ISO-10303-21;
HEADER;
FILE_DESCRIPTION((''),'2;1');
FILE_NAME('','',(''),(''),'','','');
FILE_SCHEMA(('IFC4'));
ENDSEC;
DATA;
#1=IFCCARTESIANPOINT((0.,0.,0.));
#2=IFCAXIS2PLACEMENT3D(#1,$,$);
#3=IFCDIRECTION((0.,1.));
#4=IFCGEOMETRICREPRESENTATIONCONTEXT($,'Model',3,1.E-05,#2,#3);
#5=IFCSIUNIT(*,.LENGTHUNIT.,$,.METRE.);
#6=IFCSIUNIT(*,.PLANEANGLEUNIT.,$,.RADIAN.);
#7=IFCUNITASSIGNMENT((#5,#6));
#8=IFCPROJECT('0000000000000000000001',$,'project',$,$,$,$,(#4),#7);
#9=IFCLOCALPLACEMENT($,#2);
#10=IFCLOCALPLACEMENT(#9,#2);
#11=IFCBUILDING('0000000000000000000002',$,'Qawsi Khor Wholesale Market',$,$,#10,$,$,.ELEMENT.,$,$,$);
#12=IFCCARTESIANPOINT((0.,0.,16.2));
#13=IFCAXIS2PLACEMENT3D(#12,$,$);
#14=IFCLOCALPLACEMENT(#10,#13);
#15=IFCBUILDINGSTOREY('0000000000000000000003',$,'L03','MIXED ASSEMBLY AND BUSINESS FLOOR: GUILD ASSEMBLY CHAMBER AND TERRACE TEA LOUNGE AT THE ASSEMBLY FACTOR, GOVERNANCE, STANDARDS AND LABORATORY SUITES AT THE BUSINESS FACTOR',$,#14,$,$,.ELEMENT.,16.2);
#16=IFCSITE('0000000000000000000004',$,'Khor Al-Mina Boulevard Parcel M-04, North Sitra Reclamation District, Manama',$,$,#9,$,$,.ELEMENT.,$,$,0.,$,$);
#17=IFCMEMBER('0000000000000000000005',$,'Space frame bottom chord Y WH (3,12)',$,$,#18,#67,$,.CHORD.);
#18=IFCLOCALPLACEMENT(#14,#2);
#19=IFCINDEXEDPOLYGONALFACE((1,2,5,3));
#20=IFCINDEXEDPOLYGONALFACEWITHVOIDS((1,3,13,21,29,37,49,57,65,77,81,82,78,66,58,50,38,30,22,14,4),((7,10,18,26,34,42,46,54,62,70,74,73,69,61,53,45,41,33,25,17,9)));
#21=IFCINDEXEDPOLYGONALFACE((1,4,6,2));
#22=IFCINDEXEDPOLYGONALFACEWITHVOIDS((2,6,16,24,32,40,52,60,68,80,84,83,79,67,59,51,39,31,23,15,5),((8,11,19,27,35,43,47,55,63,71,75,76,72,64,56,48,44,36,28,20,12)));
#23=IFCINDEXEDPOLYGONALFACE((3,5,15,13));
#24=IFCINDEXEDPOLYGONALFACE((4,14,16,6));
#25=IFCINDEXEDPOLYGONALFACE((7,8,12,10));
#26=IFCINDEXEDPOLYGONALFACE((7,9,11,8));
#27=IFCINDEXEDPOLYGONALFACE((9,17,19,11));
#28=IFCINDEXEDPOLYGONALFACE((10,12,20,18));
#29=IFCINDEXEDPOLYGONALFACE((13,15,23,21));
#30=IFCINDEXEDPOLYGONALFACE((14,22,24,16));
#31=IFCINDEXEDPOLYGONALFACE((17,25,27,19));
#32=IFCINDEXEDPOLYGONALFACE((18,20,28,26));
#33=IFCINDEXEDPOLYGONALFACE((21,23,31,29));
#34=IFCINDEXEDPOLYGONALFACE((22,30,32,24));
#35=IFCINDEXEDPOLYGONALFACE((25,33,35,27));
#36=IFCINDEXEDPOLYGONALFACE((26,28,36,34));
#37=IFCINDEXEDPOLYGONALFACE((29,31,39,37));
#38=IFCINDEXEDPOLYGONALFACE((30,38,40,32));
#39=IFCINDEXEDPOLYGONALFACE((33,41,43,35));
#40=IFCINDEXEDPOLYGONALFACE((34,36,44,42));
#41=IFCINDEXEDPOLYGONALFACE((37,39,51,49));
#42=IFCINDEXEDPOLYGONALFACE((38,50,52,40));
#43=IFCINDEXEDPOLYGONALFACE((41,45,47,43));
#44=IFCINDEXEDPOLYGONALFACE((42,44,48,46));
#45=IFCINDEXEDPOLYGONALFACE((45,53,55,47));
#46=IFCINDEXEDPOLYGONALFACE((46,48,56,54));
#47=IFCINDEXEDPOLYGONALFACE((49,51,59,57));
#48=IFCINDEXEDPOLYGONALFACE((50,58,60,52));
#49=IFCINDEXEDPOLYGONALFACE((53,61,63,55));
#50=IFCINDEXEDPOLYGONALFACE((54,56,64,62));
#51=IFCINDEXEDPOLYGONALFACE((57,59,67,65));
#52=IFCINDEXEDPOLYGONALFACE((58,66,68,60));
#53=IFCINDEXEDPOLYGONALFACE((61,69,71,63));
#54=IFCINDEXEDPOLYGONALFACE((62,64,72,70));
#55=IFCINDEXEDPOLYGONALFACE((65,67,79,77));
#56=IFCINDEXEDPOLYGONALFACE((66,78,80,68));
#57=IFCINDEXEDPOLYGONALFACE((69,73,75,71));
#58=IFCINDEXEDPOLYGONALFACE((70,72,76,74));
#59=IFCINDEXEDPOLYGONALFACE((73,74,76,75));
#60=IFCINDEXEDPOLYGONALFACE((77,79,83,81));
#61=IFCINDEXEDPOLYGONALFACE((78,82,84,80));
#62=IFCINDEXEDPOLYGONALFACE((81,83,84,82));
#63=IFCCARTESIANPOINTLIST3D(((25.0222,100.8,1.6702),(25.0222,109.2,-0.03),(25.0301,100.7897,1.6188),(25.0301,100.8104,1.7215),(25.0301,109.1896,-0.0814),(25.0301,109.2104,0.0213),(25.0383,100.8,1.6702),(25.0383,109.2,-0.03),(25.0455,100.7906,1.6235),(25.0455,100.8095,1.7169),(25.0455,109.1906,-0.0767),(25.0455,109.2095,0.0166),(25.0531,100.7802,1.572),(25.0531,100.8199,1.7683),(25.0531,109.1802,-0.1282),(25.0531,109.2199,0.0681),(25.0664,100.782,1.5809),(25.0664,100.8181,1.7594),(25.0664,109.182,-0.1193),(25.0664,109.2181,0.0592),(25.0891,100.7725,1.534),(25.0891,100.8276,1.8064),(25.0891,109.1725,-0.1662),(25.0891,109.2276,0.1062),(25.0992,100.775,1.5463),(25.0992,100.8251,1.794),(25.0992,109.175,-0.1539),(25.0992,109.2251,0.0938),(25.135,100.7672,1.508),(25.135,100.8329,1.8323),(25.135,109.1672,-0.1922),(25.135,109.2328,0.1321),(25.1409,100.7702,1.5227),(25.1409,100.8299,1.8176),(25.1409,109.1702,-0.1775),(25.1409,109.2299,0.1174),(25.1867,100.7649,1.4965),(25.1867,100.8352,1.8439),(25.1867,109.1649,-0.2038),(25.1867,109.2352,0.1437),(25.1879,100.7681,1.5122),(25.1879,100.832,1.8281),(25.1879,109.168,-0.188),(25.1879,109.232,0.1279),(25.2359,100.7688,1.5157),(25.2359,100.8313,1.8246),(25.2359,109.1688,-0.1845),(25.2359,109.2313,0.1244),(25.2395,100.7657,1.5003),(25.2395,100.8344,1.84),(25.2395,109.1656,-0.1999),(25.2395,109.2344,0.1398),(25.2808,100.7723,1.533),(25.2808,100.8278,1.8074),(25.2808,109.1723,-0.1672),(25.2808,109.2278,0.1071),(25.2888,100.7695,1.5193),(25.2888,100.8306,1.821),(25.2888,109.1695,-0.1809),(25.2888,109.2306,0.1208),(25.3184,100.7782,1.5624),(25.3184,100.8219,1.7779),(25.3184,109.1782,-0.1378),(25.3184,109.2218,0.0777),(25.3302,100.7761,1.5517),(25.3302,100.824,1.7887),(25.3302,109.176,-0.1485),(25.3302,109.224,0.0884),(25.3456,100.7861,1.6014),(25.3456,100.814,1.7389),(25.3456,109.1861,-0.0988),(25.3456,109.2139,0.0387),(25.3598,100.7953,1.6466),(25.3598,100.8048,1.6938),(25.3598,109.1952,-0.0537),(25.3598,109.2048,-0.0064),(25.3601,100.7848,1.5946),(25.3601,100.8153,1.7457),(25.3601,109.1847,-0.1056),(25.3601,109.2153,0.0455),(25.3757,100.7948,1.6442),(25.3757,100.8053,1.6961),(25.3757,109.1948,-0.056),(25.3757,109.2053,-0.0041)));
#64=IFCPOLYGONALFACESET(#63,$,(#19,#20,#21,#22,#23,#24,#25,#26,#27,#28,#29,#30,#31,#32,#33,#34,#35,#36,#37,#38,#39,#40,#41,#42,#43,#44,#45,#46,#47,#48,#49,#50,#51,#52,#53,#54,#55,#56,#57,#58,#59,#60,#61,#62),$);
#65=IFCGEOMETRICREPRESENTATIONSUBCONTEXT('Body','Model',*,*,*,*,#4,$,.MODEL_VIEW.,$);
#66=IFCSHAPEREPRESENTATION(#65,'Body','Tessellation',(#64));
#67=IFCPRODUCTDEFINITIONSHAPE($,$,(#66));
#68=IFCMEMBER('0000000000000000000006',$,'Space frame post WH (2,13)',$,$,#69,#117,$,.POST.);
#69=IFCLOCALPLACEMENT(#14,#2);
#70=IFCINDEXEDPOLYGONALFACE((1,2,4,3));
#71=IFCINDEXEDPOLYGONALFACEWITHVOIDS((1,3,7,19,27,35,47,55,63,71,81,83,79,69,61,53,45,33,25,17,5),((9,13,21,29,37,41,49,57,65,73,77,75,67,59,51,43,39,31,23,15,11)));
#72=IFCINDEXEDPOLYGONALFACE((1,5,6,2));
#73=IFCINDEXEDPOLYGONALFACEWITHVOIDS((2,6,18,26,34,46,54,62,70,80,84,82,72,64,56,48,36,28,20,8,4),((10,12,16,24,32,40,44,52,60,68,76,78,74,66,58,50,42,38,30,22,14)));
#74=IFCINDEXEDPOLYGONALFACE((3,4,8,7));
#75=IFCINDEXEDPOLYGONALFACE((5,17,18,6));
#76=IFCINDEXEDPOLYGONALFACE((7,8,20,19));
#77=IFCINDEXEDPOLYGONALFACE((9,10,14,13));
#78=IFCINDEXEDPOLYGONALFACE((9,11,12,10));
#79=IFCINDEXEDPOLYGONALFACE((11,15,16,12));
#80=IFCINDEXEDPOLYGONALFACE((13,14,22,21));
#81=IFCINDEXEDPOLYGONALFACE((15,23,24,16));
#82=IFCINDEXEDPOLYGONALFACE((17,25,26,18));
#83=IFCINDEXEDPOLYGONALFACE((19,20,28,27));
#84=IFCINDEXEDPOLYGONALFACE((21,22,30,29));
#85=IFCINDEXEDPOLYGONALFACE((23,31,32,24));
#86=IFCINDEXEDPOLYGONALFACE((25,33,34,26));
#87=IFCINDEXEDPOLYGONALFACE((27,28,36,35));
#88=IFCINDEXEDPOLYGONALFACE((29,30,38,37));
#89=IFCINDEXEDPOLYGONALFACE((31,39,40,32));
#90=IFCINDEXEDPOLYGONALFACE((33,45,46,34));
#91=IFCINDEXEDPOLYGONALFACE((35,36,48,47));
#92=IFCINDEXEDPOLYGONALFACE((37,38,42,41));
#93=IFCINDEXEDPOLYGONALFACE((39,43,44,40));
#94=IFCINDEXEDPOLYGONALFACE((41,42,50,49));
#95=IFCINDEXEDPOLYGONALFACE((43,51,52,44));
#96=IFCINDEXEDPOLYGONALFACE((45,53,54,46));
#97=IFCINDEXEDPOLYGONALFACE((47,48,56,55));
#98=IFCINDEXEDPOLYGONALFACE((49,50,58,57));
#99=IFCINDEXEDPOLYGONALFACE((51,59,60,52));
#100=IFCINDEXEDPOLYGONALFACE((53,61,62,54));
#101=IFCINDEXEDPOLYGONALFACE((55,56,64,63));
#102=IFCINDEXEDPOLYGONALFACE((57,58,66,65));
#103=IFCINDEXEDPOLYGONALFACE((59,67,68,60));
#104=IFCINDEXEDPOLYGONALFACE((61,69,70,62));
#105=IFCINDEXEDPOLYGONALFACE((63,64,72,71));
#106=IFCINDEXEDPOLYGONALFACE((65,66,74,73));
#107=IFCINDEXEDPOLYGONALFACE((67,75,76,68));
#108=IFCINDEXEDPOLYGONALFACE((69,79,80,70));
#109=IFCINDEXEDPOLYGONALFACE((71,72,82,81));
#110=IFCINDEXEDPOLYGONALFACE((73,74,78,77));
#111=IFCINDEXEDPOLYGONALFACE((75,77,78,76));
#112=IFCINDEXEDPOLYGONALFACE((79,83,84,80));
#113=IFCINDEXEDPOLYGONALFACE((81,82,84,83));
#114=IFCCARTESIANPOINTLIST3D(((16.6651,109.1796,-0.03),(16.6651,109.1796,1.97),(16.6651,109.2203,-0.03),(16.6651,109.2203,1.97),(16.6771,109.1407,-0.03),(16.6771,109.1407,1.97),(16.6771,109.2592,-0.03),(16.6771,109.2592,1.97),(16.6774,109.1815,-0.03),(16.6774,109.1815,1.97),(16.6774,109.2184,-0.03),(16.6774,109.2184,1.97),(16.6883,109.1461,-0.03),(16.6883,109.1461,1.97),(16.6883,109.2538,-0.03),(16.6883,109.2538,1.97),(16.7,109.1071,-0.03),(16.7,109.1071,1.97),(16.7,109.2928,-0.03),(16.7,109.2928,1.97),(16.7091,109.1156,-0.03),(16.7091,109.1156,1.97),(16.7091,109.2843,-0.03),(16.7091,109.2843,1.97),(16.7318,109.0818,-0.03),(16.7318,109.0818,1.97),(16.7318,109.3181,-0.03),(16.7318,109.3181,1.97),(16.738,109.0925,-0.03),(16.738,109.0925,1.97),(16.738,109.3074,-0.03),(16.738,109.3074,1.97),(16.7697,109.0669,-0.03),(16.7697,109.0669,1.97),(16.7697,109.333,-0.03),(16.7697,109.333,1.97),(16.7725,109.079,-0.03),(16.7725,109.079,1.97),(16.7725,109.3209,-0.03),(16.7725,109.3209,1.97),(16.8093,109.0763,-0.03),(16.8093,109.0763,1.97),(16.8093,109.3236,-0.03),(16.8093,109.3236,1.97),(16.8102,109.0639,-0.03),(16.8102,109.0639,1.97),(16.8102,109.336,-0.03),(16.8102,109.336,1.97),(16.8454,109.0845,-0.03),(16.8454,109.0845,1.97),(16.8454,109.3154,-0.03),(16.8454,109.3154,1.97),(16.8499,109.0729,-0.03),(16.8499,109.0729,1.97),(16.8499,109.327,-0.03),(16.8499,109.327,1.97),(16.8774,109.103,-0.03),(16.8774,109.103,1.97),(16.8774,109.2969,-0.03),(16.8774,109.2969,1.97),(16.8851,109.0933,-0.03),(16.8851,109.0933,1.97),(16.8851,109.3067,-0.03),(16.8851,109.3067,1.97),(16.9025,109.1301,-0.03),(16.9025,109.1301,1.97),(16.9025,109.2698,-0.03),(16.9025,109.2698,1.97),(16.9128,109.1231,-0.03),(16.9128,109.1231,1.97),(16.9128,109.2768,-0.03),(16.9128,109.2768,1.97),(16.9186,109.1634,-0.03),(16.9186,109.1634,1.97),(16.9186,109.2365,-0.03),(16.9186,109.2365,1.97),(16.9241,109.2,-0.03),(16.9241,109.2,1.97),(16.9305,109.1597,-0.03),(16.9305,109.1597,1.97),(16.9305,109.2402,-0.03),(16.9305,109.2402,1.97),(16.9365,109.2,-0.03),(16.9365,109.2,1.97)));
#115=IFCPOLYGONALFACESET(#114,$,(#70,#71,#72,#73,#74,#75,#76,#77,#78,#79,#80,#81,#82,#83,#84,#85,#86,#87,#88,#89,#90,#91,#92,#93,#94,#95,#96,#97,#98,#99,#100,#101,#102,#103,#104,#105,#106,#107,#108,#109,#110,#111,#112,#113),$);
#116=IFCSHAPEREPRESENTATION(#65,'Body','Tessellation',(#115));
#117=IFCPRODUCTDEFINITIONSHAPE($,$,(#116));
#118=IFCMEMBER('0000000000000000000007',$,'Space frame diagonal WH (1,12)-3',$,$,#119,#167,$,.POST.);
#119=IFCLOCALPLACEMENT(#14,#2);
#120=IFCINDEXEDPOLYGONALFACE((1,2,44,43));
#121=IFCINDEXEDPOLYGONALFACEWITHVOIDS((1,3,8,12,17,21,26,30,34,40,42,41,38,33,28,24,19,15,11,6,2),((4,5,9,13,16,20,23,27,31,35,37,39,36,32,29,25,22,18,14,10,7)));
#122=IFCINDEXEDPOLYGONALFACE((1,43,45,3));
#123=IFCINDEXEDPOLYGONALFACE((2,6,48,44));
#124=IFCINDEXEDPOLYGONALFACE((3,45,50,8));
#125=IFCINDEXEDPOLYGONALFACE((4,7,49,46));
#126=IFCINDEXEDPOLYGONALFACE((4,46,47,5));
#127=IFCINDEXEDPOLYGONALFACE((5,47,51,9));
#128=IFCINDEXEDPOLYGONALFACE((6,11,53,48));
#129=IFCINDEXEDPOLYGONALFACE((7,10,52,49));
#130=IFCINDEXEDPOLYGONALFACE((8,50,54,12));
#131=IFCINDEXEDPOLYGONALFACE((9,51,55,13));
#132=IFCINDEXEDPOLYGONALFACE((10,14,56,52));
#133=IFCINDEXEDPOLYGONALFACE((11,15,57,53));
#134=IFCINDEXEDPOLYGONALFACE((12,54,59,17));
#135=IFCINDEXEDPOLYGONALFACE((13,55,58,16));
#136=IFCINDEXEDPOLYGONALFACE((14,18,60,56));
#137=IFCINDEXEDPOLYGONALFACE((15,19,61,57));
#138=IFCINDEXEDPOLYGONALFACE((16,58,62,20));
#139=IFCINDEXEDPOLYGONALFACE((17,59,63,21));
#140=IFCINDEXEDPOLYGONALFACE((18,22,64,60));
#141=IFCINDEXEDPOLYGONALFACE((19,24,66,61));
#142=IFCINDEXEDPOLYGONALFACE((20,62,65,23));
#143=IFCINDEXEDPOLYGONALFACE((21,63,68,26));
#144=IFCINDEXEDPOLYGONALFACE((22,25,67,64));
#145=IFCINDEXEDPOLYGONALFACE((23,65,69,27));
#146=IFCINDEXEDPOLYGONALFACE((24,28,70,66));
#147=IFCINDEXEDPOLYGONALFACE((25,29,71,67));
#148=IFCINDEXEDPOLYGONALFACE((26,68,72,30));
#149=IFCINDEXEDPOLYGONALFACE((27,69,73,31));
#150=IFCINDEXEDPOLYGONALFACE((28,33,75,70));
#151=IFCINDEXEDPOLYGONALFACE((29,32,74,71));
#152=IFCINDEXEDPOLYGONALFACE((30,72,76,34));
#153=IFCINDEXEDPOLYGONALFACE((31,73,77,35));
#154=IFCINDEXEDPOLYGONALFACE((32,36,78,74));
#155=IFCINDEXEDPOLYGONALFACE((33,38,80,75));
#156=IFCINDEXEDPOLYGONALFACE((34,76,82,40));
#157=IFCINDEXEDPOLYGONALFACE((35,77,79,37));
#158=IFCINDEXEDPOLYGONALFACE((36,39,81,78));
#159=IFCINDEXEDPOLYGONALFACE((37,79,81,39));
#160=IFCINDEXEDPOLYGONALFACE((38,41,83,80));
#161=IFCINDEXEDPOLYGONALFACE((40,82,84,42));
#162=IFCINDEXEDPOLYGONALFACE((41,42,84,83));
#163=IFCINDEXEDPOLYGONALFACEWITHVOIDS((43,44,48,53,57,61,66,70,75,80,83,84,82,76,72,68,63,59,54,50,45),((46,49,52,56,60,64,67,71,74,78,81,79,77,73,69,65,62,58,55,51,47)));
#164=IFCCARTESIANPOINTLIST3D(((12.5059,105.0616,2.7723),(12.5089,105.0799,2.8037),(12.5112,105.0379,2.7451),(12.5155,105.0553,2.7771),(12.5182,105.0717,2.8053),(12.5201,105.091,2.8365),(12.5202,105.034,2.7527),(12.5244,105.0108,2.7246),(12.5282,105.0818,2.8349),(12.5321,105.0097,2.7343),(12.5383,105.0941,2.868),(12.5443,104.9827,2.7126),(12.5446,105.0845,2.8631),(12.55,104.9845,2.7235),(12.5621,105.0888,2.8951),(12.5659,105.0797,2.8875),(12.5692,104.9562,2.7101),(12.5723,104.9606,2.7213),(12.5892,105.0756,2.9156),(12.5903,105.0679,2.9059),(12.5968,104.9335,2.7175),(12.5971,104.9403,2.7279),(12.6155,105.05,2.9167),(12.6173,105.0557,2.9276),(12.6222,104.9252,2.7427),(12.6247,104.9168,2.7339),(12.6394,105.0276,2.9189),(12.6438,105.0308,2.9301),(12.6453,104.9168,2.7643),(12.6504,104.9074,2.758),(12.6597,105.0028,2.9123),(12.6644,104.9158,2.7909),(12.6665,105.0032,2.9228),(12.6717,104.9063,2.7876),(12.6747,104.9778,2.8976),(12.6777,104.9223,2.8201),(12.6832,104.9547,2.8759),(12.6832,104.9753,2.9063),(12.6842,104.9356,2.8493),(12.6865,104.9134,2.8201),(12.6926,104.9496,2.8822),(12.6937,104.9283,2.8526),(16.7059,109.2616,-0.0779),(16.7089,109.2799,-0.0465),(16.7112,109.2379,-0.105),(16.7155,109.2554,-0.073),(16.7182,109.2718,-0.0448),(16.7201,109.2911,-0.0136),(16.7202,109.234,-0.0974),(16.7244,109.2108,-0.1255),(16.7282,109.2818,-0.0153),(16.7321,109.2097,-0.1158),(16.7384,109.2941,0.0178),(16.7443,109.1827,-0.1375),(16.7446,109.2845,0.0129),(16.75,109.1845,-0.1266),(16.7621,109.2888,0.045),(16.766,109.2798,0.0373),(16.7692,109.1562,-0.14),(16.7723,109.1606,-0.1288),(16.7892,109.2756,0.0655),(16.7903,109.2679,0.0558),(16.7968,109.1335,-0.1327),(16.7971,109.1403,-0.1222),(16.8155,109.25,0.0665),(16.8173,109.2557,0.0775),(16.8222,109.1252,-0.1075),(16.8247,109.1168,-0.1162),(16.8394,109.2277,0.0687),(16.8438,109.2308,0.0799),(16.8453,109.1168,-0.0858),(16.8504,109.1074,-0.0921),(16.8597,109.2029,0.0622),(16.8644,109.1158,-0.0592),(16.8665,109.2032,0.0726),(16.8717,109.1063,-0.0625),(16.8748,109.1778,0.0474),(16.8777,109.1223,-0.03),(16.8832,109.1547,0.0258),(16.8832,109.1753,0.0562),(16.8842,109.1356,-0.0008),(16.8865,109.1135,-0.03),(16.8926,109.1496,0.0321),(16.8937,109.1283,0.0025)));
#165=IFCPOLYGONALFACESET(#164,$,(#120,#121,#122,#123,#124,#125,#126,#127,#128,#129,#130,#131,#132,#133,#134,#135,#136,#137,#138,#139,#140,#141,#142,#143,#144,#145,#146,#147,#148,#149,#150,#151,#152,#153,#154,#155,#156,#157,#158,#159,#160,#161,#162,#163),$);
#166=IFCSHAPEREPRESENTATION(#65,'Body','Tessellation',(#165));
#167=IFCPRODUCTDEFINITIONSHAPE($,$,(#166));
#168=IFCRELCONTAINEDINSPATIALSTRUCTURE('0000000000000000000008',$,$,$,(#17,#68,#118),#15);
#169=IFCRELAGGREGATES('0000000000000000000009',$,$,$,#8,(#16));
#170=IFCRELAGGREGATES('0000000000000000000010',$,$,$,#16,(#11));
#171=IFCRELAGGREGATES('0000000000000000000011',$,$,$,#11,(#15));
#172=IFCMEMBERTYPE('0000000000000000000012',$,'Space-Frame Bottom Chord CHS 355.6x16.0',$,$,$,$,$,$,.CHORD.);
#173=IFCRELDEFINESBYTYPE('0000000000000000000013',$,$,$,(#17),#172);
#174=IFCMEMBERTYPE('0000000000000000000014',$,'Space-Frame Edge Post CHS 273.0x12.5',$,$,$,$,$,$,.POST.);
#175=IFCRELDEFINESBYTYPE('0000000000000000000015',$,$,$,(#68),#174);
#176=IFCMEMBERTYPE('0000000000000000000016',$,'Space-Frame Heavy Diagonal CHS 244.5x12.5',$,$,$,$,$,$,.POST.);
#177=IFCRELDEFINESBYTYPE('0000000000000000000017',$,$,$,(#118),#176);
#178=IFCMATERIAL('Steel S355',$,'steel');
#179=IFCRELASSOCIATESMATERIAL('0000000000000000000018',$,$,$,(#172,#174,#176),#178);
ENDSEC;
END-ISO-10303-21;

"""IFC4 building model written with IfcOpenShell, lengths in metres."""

from ifc_helpers import new_model, si_unit, direction, frame, origin, origin_2d, place, context, subcontext, project, spatial, hollow_circle, extrude, material, material_profile, profile_set, type_object, element, save


model = new_model("IFC4")

# Units and contexts
model_context = context("Model", 3, precision=1e-05, world=origin(), true_north=direction((0.0, 1.0)))
body_context = subcontext(model_context, "Body", "Model", "MODEL_VIEW")
ifc_project = project(units=[si_unit("LENGTHUNIT", "METRE"), si_unit("PLANEANGLEUNIT", "RADIAN")], contexts=[model_context])

# Site, building, storey
site_placement = place(None, origin())
site = spatial("IfcSite", under=ifc_project, at=site_placement, Name="Khor Al-Mina Boulevard Parcel M-04, North Sitra Reclamation District, Manama", CompositionType="ELEMENT", RefElevation=0.0)
building_placement = place(site_placement, origin())
building = spatial("IfcBuilding", under=site, at=building_placement, Name="Qawsi Khor Wholesale Market", CompositionType="ELEMENT")
storey_placement = place(building_placement, frame((0.0, 0.0, 16.2)))
storey = spatial("IfcBuildingStorey", under=building, at=storey_placement, Name="L03", Description="MIXED ASSEMBLY AND BUSINESS FLOOR: GUILD ASSEMBLY CHAMBER AND TERRACE TEA LOUNGE AT THE ASSEMBLY FACTOR, GOVERNANCE, STANDARDS AND LABORATORY SUITES AT THE BUSINESS FACTOR", CompositionType="ELEMENT", Elevation=16.2)

# Members
ifc_material_1 = material(Name="Steel S355", Category="steel")
ifc_material_profile_1 = material_profile(ifc_material_1, hollow_circle(Radius=0.1777, WallThickness=0.0161, at=origin_2d()), Name="CHS 355.6x16.0")
ifc_profile_set_1 = profile_set([ifc_material_profile_1], Name="Steel S355")
member_type_1 = type_object("IfcMemberType", Name="Space-Frame Bottom Chord CHS 355.6x16.0", PredefinedType="CHORD", material=ifc_profile_set_1)
member_1_placement = place(storey_placement, frame((25.2, 100.8, 1.6702), z_axis=(0.0, 0.980124, -0.198384), x_axis=(-1.0, 0.0, 0.0)))
element("IfcMember", 1, at=member_1_placement, inside=storey, type_object=member_type_1, Name="Space frame bottom chord Y WH (3,12)", PredefinedType="CHORD", context=body_context, shape_type="SweptSolid", body=[
    extrude(hollow_circle(Radius=0.1777, WallThickness=0.0161, at=origin_2d()), origin(), (0.0, 0.0, 1.0), 8.5703),
])
ifc_material_profile_2 = material_profile(ifc_material_1, hollow_circle(Radius=0.1365, WallThickness=0.0125, at=origin_2d()), Name="CHS 273.0x12.5")
ifc_profile_set_2 = profile_set([ifc_material_profile_2], Name="Steel S355")
member_type_2 = type_object("IfcMemberType", Name="Space-Frame Edge Post CHS 273.0x12.5", PredefinedType="POST", material=ifc_profile_set_2)
member_2_placement = place(storey_placement, frame((16.8, 109.2, -0.03), z_axis=(0.0, 0.0, 1.0), x_axis=(1.0, 0.0, 0.0)))
element("IfcMember", 2, at=member_2_placement, inside=storey, type_object=member_type_2, Name="Space frame post WH (2,13)", PredefinedType="POST", context=body_context, shape_type="SweptSolid", body=[
    extrude(hollow_circle(Radius=0.1365, WallThickness=0.0125, at=origin_2d()), origin(), (0.0, 0.0, 1.0), 2.0),
])
ifc_material_profile_3 = material_profile(ifc_material_1, hollow_circle(Radius=0.1223, WallThickness=0.0125, at=origin_2d()), Name="CHS 244.5x12.5")
ifc_profile_set_3 = profile_set([ifc_material_profile_3], Name="Steel S355")
member_type_3 = type_object("IfcMemberType", Name="Space-Frame Heavy Diagonal CHS 244.5x12.5", PredefinedType="POST", material=ifc_profile_set_3)
for number, where, z_axis, x_axis, name in (
    (3, (16.8, 109.2, -0.03), (-0.637512, -0.637512, 0.432617), (0.707107, -0.707107, 0.0), "Space frame diagonal WH (1,12)-3"),
):
    element("IfcMember", number, at=place(storey_placement, frame(where, z_axis=z_axis, x_axis=x_axis)), inside=storey, type_object=member_type_3, Name=name, PredefinedType="POST", context=body_context, shape_type="SweptSolid", body=[
        extrude(hollow_circle(Radius=0.1223, WallThickness=0.0125, at=origin_2d()), origin(), (0.0, 0.0, 1.0), 6.5881),
    ])

save(model, "model.ifc")
